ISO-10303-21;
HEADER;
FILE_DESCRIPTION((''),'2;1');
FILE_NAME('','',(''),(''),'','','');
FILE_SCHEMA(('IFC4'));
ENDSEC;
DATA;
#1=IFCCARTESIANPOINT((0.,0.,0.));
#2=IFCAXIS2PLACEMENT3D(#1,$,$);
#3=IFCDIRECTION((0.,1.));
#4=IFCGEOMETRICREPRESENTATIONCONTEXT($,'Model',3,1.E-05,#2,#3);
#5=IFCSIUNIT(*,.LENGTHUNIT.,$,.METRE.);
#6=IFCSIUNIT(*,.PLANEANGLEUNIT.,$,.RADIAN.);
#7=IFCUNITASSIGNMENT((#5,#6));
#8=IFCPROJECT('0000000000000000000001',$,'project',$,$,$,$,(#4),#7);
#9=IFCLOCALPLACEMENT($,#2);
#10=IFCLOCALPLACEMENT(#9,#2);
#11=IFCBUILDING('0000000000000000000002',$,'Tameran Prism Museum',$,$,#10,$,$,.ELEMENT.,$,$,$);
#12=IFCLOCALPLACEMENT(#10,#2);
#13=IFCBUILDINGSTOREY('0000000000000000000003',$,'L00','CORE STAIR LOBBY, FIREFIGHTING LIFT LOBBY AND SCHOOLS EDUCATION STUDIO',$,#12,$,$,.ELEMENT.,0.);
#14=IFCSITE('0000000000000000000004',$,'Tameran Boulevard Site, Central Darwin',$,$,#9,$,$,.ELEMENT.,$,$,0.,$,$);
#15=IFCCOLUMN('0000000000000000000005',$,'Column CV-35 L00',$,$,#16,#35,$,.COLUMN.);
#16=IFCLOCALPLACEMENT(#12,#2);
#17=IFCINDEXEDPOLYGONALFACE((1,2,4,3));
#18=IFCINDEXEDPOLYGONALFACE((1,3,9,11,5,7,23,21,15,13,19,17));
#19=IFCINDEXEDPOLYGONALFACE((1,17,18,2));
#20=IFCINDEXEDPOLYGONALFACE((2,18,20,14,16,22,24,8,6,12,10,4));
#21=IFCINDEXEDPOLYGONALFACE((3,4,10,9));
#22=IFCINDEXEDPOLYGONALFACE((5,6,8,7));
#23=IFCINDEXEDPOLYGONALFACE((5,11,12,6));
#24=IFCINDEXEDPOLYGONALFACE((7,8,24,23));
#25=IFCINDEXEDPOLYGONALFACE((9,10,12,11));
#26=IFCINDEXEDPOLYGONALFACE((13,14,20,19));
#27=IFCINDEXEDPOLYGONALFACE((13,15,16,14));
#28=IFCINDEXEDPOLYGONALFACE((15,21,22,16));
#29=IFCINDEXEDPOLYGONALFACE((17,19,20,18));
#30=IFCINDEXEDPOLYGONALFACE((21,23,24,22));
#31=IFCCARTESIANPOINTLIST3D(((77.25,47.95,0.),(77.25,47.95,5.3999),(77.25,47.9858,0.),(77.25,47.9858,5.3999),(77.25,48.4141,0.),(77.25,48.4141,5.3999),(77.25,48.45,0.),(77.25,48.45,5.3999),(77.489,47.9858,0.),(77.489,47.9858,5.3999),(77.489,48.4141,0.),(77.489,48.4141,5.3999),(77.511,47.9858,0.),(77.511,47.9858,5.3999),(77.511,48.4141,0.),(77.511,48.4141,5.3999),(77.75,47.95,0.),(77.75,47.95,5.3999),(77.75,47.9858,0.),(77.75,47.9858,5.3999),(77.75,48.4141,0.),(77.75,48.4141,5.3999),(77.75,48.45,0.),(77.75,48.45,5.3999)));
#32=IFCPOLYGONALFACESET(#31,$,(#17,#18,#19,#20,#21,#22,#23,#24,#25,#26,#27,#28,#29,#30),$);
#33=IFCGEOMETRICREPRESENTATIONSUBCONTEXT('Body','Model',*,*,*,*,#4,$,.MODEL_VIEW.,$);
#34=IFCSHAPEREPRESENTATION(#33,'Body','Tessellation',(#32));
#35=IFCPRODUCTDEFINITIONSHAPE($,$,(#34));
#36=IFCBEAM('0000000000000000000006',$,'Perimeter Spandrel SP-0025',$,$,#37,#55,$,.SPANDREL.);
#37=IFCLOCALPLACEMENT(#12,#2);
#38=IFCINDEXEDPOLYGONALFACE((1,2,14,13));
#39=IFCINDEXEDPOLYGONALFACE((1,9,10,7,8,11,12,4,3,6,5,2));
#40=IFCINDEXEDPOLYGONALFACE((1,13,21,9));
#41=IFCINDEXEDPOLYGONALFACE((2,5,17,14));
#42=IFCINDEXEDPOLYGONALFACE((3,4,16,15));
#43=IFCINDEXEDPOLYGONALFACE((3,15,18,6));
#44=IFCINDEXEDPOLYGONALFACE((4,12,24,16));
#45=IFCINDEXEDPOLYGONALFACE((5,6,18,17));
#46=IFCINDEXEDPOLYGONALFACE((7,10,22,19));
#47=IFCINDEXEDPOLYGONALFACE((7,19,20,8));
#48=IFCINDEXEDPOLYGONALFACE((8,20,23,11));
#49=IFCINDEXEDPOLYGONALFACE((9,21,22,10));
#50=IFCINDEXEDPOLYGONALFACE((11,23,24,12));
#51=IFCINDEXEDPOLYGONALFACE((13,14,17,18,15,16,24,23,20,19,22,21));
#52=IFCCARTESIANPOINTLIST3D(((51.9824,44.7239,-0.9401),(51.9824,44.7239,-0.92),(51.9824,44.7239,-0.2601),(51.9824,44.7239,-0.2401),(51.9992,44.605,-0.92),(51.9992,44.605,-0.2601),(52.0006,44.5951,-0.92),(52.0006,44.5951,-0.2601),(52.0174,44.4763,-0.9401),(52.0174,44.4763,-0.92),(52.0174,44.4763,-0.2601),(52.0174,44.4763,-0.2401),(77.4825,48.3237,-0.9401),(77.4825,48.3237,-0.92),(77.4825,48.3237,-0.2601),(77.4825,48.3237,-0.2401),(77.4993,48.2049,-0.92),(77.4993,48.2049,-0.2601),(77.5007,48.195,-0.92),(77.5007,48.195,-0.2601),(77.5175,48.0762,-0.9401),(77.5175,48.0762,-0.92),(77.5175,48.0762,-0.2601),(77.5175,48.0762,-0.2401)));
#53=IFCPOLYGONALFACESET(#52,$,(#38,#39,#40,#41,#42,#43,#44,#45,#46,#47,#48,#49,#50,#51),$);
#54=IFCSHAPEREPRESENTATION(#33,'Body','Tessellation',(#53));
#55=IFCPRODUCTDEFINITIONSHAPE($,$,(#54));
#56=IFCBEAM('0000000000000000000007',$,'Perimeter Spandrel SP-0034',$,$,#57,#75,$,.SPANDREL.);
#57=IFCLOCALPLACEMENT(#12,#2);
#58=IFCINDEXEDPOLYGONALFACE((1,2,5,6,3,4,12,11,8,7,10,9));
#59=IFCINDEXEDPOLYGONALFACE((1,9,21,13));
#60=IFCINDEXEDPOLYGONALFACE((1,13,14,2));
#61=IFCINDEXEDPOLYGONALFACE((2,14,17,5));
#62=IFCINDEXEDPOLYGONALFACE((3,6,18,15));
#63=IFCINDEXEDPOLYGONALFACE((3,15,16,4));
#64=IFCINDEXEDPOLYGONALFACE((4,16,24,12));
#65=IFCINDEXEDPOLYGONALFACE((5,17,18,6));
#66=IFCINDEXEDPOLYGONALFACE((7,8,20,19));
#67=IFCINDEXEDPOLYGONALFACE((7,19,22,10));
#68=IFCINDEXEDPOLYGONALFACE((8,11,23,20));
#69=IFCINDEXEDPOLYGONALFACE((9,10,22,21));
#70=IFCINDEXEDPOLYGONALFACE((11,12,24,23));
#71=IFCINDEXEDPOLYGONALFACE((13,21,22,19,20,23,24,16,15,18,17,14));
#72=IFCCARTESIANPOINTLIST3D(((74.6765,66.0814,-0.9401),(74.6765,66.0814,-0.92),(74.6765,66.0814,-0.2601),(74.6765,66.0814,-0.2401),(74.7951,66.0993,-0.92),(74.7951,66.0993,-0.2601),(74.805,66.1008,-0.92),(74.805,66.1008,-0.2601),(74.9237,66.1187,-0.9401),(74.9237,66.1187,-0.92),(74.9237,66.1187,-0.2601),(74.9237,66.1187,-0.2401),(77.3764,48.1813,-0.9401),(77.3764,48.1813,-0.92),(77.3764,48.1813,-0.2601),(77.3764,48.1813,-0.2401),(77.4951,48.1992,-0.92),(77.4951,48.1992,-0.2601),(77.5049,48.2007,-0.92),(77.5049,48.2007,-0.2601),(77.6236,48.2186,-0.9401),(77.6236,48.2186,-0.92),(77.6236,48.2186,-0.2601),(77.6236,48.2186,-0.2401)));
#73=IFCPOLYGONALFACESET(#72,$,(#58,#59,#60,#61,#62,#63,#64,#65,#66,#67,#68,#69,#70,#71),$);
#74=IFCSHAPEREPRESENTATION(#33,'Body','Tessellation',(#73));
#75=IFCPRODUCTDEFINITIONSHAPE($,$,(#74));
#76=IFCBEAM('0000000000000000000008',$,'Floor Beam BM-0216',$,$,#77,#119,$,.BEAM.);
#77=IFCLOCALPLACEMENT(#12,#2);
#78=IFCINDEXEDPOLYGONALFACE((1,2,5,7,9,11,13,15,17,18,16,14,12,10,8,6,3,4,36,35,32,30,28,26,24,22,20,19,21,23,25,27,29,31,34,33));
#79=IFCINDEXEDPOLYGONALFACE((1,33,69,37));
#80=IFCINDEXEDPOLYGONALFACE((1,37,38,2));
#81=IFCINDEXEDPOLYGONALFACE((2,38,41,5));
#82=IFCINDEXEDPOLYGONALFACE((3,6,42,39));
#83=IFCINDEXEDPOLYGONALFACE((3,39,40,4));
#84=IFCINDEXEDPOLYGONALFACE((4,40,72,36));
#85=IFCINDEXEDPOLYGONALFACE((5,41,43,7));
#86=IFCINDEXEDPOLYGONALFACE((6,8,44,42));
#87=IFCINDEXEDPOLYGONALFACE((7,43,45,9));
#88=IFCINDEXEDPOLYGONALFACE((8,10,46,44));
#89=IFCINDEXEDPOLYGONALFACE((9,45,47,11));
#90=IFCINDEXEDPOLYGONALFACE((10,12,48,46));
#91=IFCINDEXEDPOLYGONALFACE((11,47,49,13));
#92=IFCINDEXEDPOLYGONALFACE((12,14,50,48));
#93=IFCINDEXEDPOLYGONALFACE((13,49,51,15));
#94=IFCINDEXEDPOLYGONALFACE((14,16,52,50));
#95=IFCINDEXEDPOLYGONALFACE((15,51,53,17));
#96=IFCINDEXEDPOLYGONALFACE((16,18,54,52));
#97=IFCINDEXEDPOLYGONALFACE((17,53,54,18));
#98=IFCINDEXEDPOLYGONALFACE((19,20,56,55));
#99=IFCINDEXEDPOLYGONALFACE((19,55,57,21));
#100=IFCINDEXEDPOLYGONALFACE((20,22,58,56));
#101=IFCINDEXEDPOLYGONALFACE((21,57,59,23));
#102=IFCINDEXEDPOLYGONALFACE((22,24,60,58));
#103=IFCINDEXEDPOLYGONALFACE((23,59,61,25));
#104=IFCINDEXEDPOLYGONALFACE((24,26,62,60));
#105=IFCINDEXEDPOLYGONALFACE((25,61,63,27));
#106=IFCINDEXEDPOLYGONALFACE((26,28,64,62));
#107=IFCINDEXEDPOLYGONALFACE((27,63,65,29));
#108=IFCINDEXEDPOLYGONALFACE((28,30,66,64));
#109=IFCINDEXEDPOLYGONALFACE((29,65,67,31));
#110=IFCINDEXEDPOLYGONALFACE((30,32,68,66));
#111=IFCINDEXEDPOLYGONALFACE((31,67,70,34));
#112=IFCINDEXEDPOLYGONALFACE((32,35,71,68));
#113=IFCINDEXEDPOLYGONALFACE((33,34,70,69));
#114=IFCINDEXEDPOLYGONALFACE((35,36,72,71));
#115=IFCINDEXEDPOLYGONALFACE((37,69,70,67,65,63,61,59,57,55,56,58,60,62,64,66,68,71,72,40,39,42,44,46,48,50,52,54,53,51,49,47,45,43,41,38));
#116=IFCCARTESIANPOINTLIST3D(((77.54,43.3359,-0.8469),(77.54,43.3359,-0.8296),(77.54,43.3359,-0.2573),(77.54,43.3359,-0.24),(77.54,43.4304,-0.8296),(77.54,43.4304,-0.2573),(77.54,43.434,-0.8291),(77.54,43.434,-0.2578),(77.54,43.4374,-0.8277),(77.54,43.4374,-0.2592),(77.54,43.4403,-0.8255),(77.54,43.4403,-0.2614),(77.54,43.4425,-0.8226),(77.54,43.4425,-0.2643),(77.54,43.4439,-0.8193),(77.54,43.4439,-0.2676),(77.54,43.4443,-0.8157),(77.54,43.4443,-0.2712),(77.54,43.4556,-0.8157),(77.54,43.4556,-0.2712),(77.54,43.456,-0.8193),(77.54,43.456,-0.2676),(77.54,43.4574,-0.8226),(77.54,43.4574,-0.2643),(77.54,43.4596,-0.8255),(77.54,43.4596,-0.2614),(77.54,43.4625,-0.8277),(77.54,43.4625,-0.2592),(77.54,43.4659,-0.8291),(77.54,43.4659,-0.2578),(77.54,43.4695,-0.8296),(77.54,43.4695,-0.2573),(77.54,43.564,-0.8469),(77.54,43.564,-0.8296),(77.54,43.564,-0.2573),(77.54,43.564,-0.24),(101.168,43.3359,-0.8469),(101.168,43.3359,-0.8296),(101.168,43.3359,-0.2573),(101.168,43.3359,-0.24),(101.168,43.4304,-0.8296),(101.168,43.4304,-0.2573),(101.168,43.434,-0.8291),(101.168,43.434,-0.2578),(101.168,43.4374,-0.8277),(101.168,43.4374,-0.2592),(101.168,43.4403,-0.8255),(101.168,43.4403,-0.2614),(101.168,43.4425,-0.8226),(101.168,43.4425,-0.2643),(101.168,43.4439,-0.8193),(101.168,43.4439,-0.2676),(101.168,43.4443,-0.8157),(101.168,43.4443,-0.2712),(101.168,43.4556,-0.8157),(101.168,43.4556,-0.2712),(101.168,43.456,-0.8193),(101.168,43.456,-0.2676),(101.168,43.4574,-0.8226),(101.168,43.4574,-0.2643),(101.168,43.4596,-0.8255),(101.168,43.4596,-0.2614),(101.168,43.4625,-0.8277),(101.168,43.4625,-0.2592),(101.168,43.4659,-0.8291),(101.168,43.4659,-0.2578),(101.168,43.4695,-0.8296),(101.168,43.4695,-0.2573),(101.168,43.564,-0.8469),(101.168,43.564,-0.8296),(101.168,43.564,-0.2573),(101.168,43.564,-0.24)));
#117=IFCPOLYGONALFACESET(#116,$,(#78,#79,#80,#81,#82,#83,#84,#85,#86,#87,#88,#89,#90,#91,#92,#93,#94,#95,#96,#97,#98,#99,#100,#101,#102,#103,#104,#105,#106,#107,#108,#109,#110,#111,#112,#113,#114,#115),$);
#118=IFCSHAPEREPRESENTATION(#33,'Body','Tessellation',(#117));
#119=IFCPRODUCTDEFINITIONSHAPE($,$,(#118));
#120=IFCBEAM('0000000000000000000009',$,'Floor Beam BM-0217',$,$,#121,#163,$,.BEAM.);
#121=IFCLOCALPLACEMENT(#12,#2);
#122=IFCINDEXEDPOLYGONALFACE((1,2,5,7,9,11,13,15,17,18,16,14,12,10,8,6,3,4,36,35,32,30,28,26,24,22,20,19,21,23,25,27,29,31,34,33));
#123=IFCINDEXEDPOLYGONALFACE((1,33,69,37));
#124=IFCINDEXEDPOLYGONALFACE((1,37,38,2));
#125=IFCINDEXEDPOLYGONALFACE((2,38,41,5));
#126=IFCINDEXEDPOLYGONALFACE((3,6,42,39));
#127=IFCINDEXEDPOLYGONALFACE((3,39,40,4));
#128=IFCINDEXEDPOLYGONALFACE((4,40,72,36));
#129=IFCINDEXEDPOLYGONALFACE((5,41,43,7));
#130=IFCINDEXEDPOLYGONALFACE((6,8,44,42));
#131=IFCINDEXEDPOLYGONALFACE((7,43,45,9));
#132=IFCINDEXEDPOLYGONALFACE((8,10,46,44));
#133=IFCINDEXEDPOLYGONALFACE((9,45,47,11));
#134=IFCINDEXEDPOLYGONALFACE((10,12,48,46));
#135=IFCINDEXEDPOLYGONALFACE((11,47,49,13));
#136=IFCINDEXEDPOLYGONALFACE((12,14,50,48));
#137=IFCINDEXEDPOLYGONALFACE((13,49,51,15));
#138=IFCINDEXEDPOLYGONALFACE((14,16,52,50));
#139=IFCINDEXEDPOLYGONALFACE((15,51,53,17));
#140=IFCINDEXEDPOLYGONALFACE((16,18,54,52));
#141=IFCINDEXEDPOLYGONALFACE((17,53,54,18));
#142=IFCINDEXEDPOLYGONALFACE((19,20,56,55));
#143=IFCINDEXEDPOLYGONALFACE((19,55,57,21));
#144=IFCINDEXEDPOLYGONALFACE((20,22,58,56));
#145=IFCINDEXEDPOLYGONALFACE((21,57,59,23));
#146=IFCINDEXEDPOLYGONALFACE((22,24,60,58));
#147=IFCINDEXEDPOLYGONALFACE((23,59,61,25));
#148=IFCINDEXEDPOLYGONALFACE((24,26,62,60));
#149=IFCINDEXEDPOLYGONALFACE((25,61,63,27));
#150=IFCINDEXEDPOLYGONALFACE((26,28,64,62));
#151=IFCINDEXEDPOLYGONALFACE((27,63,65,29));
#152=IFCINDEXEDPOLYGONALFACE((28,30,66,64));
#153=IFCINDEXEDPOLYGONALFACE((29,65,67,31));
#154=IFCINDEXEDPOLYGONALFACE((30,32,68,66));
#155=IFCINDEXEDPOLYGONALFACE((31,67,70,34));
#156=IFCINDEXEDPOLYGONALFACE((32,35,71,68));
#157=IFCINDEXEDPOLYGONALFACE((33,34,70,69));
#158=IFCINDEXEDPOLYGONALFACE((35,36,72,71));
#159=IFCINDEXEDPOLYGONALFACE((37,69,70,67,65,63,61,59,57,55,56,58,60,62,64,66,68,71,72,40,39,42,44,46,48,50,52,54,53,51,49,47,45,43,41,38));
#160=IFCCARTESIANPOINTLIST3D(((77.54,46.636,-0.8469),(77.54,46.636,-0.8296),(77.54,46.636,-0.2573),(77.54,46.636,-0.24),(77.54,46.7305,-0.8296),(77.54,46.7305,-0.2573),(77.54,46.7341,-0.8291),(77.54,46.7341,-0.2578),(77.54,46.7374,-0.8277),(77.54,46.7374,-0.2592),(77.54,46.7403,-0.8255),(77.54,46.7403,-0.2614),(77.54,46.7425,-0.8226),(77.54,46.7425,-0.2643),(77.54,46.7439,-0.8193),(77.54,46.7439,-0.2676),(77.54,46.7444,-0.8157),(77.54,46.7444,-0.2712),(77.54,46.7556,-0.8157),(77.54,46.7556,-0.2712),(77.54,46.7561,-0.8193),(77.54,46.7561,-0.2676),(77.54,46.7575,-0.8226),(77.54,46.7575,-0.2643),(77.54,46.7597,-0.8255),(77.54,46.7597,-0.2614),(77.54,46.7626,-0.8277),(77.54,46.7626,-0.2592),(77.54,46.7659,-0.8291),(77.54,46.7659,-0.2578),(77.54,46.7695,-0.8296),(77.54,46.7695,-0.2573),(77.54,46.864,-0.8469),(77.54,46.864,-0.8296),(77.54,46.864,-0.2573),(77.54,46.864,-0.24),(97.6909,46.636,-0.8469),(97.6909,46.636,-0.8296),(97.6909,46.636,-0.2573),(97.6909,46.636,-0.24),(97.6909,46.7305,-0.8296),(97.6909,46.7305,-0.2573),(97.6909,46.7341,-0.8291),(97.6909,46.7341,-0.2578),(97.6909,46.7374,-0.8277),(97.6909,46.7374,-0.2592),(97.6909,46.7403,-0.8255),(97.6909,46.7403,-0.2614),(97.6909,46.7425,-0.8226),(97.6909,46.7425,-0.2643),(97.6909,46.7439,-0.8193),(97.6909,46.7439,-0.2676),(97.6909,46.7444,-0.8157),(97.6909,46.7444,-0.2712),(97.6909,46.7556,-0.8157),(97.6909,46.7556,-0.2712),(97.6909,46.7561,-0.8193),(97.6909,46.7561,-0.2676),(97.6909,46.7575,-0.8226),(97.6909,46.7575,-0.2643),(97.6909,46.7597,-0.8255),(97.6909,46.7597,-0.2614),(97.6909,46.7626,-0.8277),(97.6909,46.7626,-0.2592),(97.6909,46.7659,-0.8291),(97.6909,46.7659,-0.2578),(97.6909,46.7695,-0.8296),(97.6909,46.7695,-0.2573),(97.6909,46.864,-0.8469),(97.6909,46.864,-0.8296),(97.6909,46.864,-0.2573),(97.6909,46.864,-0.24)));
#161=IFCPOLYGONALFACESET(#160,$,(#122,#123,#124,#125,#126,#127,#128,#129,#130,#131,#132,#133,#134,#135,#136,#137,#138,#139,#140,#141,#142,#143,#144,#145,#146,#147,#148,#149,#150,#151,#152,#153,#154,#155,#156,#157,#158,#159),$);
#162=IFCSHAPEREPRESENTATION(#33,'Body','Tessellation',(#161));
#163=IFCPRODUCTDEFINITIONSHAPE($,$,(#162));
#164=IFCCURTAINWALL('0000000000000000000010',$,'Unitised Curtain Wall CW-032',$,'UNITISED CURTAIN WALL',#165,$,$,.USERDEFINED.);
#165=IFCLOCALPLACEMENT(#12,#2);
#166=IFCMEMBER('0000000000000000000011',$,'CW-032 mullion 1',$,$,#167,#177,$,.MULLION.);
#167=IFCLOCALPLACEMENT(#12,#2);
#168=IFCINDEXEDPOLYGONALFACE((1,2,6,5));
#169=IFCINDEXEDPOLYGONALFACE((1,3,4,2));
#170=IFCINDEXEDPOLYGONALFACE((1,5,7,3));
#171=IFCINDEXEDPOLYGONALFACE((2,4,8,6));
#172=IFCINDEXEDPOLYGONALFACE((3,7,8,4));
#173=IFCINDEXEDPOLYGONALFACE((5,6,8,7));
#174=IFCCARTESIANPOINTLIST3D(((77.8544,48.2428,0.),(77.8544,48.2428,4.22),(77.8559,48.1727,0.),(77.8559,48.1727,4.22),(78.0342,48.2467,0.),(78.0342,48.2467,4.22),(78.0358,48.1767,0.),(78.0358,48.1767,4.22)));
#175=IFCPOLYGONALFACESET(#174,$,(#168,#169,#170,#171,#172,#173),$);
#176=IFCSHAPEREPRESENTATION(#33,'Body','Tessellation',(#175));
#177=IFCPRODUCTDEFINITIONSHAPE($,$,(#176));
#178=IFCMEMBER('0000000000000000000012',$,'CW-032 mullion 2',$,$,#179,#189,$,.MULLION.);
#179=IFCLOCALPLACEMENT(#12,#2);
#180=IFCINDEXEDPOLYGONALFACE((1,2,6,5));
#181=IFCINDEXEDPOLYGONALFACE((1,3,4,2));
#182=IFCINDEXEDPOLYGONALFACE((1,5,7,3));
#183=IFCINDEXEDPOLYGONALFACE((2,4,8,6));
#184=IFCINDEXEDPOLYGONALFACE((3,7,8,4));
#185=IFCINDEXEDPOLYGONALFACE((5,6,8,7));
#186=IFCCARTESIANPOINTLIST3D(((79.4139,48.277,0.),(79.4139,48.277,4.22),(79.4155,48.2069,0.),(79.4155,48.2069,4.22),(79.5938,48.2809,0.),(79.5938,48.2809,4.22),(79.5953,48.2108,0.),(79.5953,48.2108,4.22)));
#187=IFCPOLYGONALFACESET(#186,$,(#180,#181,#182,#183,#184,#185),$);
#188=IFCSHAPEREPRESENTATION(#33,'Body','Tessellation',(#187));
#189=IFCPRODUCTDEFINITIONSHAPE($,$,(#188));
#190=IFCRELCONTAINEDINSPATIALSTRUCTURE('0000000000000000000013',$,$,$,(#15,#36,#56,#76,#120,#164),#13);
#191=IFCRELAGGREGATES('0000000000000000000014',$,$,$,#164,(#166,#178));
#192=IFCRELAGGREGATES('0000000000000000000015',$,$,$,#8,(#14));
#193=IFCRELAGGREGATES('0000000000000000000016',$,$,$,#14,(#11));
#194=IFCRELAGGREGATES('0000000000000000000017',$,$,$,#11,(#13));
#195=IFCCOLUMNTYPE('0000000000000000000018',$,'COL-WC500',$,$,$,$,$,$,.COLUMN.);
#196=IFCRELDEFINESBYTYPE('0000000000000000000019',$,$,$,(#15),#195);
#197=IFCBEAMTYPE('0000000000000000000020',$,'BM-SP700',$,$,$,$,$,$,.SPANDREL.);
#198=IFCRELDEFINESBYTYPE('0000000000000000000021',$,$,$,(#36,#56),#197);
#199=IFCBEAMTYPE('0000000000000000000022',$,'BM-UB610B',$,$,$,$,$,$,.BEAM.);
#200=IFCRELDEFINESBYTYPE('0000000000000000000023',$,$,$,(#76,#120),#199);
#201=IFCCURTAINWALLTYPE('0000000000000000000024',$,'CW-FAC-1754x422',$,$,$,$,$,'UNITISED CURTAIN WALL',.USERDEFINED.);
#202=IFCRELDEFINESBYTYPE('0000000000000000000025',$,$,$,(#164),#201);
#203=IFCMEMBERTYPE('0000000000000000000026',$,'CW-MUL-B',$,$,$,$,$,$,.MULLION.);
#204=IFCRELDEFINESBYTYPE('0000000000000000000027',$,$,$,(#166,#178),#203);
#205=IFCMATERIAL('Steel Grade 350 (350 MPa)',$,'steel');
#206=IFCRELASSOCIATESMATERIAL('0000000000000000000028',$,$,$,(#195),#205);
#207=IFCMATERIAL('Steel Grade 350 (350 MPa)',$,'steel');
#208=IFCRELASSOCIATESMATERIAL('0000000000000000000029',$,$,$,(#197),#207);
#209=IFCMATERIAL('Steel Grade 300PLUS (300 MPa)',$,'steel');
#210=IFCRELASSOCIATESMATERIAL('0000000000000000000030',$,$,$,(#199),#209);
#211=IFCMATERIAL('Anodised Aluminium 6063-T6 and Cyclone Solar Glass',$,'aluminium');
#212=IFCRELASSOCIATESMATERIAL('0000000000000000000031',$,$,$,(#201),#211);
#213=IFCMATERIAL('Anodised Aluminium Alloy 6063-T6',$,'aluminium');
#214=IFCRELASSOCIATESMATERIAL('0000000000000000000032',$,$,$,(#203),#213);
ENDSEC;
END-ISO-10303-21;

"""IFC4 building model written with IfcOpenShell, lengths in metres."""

from ifc_helpers import new_model, si_unit, direction, frame, origin, origin_2d, place, context, subcontext, project, spatial, rectangle, i_section, extrude, material, material_profile, profile_set, type_object, element, aggregate, save


model = new_model("IFC4")

# Units and contexts
model_context = context("Model", 3, precision=1e-05, world=origin(), true_north=direction((0.0, 1.0)))
body_context = subcontext(model_context, "Body", "Model", "MODEL_VIEW")
ifc_project = project(units=[si_unit("LENGTHUNIT", "METRE"), si_unit("PLANEANGLEUNIT", "RADIAN")], contexts=[model_context])

# Site, building, storey
site_placement = place(None, origin())
site = spatial("IfcSite", under=ifc_project, at=site_placement, Name="Tameran Boulevard Site, Central Darwin", CompositionType="ELEMENT", RefElevation=0.0)
building_placement = place(site_placement, origin())
building = spatial("IfcBuilding", under=site, at=building_placement, Name="Tameran Prism Museum", CompositionType="ELEMENT")
storey_placement = place(building_placement, origin())
storey = spatial("IfcBuildingStorey", under=building, at=storey_placement, Name="L00", Description="CORE STAIR LOBBY, FIREFIGHTING LIFT LOBBY AND SCHOOLS EDUCATION STUDIO", CompositionType="ELEMENT", Elevation=0.0)

# Column
ifc_material_1 = material(Name="Steel Grade 350 (350 MPa)", Category="steel")
ifc_material_profile_1 = material_profile(ifc_material_1, i_section(OverallWidth=0.5, OverallDepth=0.5, WebThickness=0.022, FlangeThickness=0.0359, at=origin_2d()))
ifc_profile_set_1 = profile_set([ifc_material_profile_1])
column_type = type_object("IfcColumnType", Name="COL-WC500", PredefinedType="COLUMN", material=ifc_profile_set_1)
column_placement = place(storey_placement, frame((77.5, 48.2, 0.0), z_axis=(0.0, 0.0, 1.0), x_axis=(1.0, 0.0, 0.0)))
element("IfcColumn", 1, at=column_placement, inside=storey, type_object=column_type, Name="Column CV-35 L00", PredefinedType="COLUMN", context=body_context, shape_type="SweptSolid", body=[
    extrude(i_section(OverallWidth=0.5, OverallDepth=0.5, WebThickness=0.022, FlangeThickness=0.0359, at=origin_2d()), origin(), (0.0, 0.0, 1.0), 5.3999),
])

# Beams
ifc_material_2 = material(Name="Steel Grade 350 (350 MPa)", Category="steel")
ifc_material_profile_2 = material_profile(ifc_material_2, i_section(OverallWidth=0.25, OverallDepth=0.7, WebThickness=0.01, FlangeThickness=0.02, at=origin_2d()))
ifc_profile_set_2 = profile_set([ifc_material_profile_2])
beam_type_1 = type_object("IfcBeamType", Name="BM-SP700", PredefinedType="SPANDREL", material=ifc_profile_set_2)
beam_1_placement = place(storey_placement, frame((77.5, 48.2, -0.5901), z_axis=(-0.990182, -0.139785, 0.0), x_axis=(0.139785, -0.990182, 0.0)))
element("IfcBeam", 2, at=beam_1_placement, inside=storey, type_object=beam_type_1, Name="Perimeter Spandrel SP-0025", PredefinedType="SPANDREL", context=body_context, shape_type="SweptSolid", body=[
    extrude(i_section(OverallWidth=0.25, OverallDepth=0.7, WebThickness=0.01, FlangeThickness=0.02, at=origin_2d()), origin(), (0.0, 0.0, 1.0), 25.7529),
])
beam_2_placement = place(storey_placement, frame((77.5, 48.2, -0.5901), z_axis=(-0.149147, 0.988815, 0.0), x_axis=(-0.988815, -0.149147, 0.0)))
element("IfcBeam", 3, at=beam_2_placement, inside=storey, type_object=beam_type_1, Name="Perimeter Spandrel SP-0034", PredefinedType="SPANDREL", context=body_context, shape_type="SweptSolid", body=[
    extrude(i_section(OverallWidth=0.25, OverallDepth=0.7, WebThickness=0.01, FlangeThickness=0.02, at=origin_2d()), origin(), (0.0, 0.0, 1.0), 18.1025),
])
ifc_material_3 = material(Name="Steel Grade 300PLUS (300 MPa)", Category="steel")
ifc_material_profile_3 = material_profile(ifc_material_3, i_section(OverallWidth=0.228, OverallDepth=0.6069, WebThickness=0.0112, FlangeThickness=0.0173, FilletRadius=0.0139, at=origin_2d()))
ifc_profile_set_3 = profile_set([ifc_material_profile_3])
beam_type_2 = type_object("IfcBeamType", Name="BM-UB610B", PredefinedType="BEAM", material=ifc_profile_set_3)
beam_3_placement = place(storey_placement, frame((77.54, 43.45, -0.5435), z_axis=(1.0, 0.0, 0.0), x_axis=(0.0, 1.0, 0.0)))
element("IfcBeam", 4, at=beam_3_placement, inside=storey, type_object=beam_type_2, Name="Floor Beam BM-0216", PredefinedType="BEAM", context=body_context, shape_type="SweptSolid", body=[
    extrude(i_section(OverallWidth=0.228, OverallDepth=0.6069, WebThickness=0.0112, FlangeThickness=0.0173, FilletRadius=0.0139, at=origin_2d()), origin(), (0.0, 0.0, 1.0), 23.6279),
])
beam_4_placement = place(storey_placement, frame((77.54, 46.75, -0.5435), z_axis=(1.0, 0.0, 0.0), x_axis=(0.0, 1.0, 0.0)))
element("IfcBeam", 5, at=beam_4_placement, inside=storey, type_object=beam_type_2, Name="Floor Beam BM-0217", PredefinedType="BEAM", context=body_context, shape_type="SweptSolid", body=[
    extrude(i_section(OverallWidth=0.228, OverallDepth=0.6069, WebThickness=0.0112, FlangeThickness=0.0173, FilletRadius=0.0139, at=origin_2d()), origin(), (0.0, 0.0, 1.0), 20.1509),
])

# Curtain wall, members
ifc_material_4 = material(Name="Anodised Aluminium 6063-T6 and Cyclone Solar Glass", Category="aluminium")
curtain_wall_type = type_object("IfcCurtainWallType", Name="CW-FAC-1754x422", ElementType="UNITISED CURTAIN WALL", PredefinedType="USERDEFINED", material=ifc_material_4)
curtain_wall_placement = place(storey_placement, origin())
curtain_wall = element("IfcCurtainWall", 6, at=curtain_wall_placement, inside=storey, type_object=curtain_wall_type, Name="Unitised Curtain Wall CW-032", ObjectType="UNITISED CURTAIN WALL", PredefinedType="USERDEFINED")
ifc_material_5 = material(Name="Anodised Aluminium Alloy 6063-T6", Category="aluminium")
ifc_material_profile_4 = material_profile(ifc_material_5, rectangle(XDim=0.0701, YDim=0.1799, at=origin_2d()))
ifc_profile_set_4 = profile_set([ifc_material_profile_4])
member_type_1 = type_object("IfcMemberType", Name="CW-MUL-B", PredefinedType="MULLION", material=ifc_profile_set_4)
member_1_placement = place(storey_placement, frame((77.9451, 48.2097, 0.0), z_axis=(0.0, 0.0, 1.0), x_axis=(-0.021831, 0.999762, 0.0)))
member_1 = element("IfcMember", 7, at=member_1_placement, type_object=member_type_1, Name="CW-032 mullion 1", PredefinedType="MULLION", context=body_context, shape_type="SweptSolid", body=[
    extrude(rectangle(XDim=0.0701, YDim=0.1799, at=origin_2d()), origin(), (0.0, 0.0, 1.0), 4.22),
])
member_2_placement = place(storey_placement, frame((79.5046, 48.2439, 0.0), z_axis=(0.0, 0.0, 1.0), x_axis=(-0.021831, 0.999762, 0.0)))
member_2 = element("IfcMember", 8, at=member_2_placement, type_object=member_type_1, Name="CW-032 mullion 2", PredefinedType="MULLION", context=body_context, shape_type="SweptSolid", body=[
    extrude(rectangle(XDim=0.0701, YDim=0.1799, at=origin_2d()), origin(), (0.0, 0.0, 1.0), 4.22),
])
aggregate(curtain_wall, [member_1, member_2])

save(model, "model.ifc")
